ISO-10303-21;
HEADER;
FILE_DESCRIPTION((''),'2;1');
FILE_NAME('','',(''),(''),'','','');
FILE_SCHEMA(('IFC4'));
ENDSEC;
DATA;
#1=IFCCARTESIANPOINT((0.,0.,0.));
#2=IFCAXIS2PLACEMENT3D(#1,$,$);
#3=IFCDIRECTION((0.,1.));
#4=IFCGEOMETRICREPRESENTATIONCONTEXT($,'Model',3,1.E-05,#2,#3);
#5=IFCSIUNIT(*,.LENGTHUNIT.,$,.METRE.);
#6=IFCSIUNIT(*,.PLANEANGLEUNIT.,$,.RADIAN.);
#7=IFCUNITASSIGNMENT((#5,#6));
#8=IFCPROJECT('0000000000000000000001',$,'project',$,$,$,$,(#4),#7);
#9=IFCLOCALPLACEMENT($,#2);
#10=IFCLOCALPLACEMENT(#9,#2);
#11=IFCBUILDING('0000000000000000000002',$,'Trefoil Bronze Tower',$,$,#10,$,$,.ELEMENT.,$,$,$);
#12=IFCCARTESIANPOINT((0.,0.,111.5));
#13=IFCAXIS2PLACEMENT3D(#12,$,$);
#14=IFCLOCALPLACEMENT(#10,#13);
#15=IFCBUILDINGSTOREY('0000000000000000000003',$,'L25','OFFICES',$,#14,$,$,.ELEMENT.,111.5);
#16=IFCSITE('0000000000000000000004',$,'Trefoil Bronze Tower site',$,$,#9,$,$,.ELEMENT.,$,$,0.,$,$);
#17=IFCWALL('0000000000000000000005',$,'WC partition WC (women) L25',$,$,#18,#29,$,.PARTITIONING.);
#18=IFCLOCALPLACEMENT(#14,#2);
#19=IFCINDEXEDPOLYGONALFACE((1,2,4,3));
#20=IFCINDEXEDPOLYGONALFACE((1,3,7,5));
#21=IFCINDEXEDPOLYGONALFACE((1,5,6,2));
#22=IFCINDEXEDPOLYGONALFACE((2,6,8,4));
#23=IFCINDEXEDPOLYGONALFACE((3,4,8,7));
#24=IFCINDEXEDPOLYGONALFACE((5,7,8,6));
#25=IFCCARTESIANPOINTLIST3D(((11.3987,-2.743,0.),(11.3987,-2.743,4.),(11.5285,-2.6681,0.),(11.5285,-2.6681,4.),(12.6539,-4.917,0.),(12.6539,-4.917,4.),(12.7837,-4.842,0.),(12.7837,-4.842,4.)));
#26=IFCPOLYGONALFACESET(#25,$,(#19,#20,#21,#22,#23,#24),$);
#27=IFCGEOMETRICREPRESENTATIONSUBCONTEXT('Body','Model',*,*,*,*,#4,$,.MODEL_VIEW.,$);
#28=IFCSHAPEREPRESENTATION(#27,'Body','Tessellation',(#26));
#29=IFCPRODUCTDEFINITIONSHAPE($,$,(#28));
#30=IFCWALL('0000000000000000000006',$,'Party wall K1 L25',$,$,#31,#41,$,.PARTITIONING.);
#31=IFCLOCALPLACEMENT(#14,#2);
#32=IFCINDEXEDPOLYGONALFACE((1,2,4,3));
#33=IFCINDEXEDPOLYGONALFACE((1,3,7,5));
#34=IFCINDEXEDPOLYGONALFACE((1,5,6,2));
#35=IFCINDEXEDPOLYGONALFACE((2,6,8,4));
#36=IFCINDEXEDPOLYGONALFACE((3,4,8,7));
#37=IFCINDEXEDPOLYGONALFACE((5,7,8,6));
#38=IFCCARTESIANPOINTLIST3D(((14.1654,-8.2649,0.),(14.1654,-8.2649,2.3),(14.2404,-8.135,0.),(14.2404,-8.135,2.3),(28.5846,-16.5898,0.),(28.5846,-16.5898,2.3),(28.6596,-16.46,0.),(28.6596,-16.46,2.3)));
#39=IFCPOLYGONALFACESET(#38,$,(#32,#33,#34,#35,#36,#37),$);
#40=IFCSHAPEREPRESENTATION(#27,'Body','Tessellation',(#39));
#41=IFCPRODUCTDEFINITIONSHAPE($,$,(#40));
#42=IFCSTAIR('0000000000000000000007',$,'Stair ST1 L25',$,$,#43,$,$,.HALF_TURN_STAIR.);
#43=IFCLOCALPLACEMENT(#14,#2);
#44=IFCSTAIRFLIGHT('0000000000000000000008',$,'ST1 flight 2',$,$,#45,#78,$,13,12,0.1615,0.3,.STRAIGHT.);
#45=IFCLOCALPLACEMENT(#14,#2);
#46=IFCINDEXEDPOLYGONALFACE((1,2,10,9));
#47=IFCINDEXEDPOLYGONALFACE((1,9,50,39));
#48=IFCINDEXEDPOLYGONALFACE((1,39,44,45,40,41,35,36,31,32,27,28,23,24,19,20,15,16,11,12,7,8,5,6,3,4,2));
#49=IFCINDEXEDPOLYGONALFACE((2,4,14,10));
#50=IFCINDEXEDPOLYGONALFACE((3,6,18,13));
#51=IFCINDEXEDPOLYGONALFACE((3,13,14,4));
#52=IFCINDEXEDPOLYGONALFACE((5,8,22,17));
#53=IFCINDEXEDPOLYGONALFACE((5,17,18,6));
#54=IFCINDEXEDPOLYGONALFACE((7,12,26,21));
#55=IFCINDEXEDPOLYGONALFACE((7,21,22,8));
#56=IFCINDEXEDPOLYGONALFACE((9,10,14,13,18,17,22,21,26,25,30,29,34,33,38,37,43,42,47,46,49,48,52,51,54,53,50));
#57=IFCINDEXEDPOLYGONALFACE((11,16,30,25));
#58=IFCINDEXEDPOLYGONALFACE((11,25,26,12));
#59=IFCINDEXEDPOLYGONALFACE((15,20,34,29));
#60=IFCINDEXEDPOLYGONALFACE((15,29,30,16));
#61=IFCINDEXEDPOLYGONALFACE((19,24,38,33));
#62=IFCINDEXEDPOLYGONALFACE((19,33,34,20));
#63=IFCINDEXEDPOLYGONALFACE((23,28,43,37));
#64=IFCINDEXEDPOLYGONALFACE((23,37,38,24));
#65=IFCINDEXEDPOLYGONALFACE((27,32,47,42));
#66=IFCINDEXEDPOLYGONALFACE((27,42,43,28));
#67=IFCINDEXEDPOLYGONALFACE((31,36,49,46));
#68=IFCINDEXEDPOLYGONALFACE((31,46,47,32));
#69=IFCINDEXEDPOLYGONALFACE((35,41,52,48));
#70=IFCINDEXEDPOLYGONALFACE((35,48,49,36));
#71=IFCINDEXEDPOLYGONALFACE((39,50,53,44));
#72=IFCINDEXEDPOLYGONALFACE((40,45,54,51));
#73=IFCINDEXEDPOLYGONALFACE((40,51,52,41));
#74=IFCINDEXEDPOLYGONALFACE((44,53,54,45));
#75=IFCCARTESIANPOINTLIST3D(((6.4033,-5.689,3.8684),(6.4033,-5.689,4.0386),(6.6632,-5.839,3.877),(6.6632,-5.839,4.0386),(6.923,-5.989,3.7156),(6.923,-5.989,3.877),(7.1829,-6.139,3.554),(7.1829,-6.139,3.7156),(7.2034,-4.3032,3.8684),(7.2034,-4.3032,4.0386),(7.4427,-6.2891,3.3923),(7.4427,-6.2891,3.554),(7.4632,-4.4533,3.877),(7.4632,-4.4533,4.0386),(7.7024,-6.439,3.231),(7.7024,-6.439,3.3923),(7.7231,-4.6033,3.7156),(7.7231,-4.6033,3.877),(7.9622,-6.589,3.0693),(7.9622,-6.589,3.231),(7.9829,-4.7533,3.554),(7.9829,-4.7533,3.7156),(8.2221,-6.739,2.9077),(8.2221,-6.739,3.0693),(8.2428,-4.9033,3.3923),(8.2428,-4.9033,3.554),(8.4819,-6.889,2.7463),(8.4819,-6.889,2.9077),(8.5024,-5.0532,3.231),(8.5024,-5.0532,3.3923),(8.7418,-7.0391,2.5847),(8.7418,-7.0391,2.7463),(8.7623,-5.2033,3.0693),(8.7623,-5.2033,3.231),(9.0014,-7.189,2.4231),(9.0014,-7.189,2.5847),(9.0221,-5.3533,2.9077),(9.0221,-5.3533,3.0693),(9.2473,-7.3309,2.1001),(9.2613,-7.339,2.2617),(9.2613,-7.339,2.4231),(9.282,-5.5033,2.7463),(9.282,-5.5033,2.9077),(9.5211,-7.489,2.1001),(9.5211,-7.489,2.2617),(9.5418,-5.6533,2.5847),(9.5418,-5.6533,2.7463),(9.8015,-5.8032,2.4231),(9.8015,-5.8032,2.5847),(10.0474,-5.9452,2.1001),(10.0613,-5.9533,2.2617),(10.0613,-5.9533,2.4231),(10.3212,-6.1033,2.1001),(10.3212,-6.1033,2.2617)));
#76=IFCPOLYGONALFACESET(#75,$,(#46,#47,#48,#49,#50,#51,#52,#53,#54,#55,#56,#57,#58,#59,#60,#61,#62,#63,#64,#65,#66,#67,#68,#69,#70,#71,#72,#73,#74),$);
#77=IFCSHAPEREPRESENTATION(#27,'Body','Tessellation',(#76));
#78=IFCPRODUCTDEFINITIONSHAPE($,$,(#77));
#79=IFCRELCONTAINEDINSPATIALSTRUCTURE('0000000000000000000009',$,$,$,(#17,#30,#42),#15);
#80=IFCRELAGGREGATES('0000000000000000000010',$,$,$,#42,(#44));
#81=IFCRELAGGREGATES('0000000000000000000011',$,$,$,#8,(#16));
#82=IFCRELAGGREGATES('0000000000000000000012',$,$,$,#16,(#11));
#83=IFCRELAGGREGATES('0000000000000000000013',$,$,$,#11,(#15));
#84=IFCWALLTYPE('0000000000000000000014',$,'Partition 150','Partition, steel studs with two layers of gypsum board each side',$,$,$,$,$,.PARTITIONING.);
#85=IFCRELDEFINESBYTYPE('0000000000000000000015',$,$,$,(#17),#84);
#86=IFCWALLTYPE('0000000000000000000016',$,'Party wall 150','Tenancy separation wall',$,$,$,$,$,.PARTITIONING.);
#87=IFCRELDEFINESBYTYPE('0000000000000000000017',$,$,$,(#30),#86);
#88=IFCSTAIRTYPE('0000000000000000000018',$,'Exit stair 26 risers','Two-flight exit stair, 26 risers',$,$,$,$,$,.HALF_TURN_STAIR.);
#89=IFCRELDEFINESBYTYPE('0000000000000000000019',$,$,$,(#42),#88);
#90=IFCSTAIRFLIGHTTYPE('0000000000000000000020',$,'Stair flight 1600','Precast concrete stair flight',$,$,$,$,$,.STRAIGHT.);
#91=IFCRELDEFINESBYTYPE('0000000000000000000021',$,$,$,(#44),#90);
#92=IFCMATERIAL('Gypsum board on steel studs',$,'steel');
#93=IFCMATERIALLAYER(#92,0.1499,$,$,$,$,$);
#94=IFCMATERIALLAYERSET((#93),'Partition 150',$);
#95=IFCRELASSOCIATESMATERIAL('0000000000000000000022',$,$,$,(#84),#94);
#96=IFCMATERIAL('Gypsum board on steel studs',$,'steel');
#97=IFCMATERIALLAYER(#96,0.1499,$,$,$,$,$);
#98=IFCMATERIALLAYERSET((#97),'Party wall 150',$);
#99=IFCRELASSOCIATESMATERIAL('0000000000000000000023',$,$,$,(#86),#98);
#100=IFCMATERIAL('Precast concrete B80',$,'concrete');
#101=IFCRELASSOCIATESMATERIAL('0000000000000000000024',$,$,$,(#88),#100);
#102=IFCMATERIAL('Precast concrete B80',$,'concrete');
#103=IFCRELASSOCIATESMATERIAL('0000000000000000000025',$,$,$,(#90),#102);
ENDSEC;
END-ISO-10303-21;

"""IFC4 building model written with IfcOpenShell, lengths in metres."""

from ifc_helpers import new_model, si_unit, direction, frame, frame_2d, origin, place, context, subcontext, project, spatial, polyline, rectangle, outline, extrude, material, layer, layer_set, type_object, element, aggregate, save


model = new_model("IFC4")

# Units and contexts
model_context = context("Model", 3, precision=1e-05, world=origin(), true_north=direction((0.0, 1.0)))
body_context = subcontext(model_context, "Body", "Model", "MODEL_VIEW")
ifc_project = project(units=[si_unit("LENGTHUNIT", "METRE"), si_unit("PLANEANGLEUNIT", "RADIAN")], contexts=[model_context])

# Site, building, storey
site_placement = place(None, origin())
site = spatial("IfcSite", under=ifc_project, at=site_placement, Name="Trefoil Bronze Tower site", CompositionType="ELEMENT", RefElevation=0.0)
building_placement = place(site_placement, origin())
building = spatial("IfcBuilding", under=site, at=building_placement, Name="Trefoil Bronze Tower", CompositionType="ELEMENT")
storey_placement = place(building_placement, frame((0.0, 0.0, 111.5)))
storey = spatial("IfcBuildingStorey", under=building, at=storey_placement, Name="L25", Description="OFFICES", CompositionType="ELEMENT", Elevation=111.5)

# Shared definitions
ifc_material_1 = material(Name="Gypsum board on steel studs", Category="steel")
ifc_layer_1 = layer(ifc_material_1, 0.1499)
ifc_layer_set_1 = layer_set([ifc_layer_1], Name="Partition 150")
wall_type_1 = type_object("IfcWallType", Name="Partition 150", Description="Partition, steel studs with two layers of gypsum board each side", PredefinedType="PARTITIONING", material=ifc_layer_set_1)

# Walls
wall_1_placement = place(storey_placement, frame((11.4636, -2.7056, 0.0), z_axis=(0.0, 0.0, 1.0), x_axis=(0.50002, -0.866014, 0.0)))
element("IfcWall", 1, at=wall_1_placement, inside=storey, type_object=wall_type_1, Name="WC partition WC (women) L25", PredefinedType="PARTITIONING", context=body_context, shape_type="SweptSolid", body=[
    extrude(rectangle(XDim=2.5103, YDim=0.1499, at=frame_2d((1.2551, 0.0))), origin(), (0.0, 0.0, 1.0), 4.0),
])
ifc_material_2 = material(Name="Gypsum board on steel studs", Category="steel")
ifc_layer_2 = layer(ifc_material_2, 0.1499)
ifc_layer_set_2 = layer_set([ifc_layer_2], Name="Party wall 150")
wall_type_2 = type_object("IfcWallType", Name="Party wall 150", Description="Tenancy separation wall", PredefinedType="PARTITIONING", material=ifc_layer_set_2)
wall_2_placement = place(storey_placement, frame((14.2029, -8.2, 0.0), z_axis=(0.0, 0.0, 1.0), x_axis=(0.866025, -0.500001, 0.0)))
element("IfcWall", 2, at=wall_2_placement, inside=storey, type_object=wall_type_2, Name="Party wall K1 L25", PredefinedType="PARTITIONING", context=body_context, shape_type="SweptSolid", body=[
    extrude(rectangle(XDim=16.6499, YDim=0.1499, at=frame_2d((8.325, 0.0))), origin(), (0.0, 0.0, 1.0), 2.3),
])

# Stair, stair flight
ifc_material_3 = material(Name="Precast concrete B80", Category="concrete")
stair_type = type_object("IfcStairType", Name="Exit stair 26 risers", Description="Two-flight exit stair, 26 risers", PredefinedType="HALF_TURN_STAIR", material=ifc_material_3)
stair_placement = place(storey_placement, origin())
stair = element("IfcStair", 3, at=stair_placement, inside=storey, type_object=stair_type, Name="Stair ST1 L25", PredefinedType="HALF_TURN_STAIR")
ifc_material_4 = material(Name="Precast concrete B80", Category="concrete")
stair_flight_type = type_object("IfcStairFlightType", Name="Stair flight 1600", Description="Precast concrete stair flight", PredefinedType="STRAIGHT", material=ifc_material_4)
stair_flight_placement = place(storey_placement, frame((9.9211, -6.7961, 2.1001), z_axis=(0.0, 0.0, 1.0), x_axis=(-0.866025, 0.5, 0.0)))
stair_flight = element("IfcStairFlight", 4, at=stair_flight_placement, type_object=stair_flight_type, Name="ST1 flight 2", NumberOfRisers=13, NumberOfTreads=12, PredefinedType="STRAIGHT", RiserHeight=0.1615, TreadLength=0.3, context=body_context, shape_type="SweptSolid", body=[
    extrude(outline(polyline([(0.0, 0.0), (0.0, 0.1616), (0.3, 0.1616), (0.3, 0.323), (0.6001, 0.323), (0.6001, 0.4846), (0.8999, 0.4846), (0.8999, 0.6462), (1.2, 0.6462), (1.2, 0.8076), (1.5, 0.8076), (1.5, 0.9692), (1.8, 0.9692), (1.8, 1.1309), (2.1001, 1.1309), (2.1001, 1.2922), (2.3999, 1.2922), (2.3999, 1.4539), (2.7, 1.4539), (2.7, 1.6155), (3.0, 1.6155), (3.0, 1.7769), (3.3, 1.7769), (3.3, 1.9385), (3.6001, 1.9385), (3.6001, 2.1001), (3.6001, 1.7683), (0.3162, 0.0), (0.0, 0.0)])), frame((0.0, 0.8, 0.0), z_axis=(0.0, -1.0, 0.0), x_axis=(1.0, 0.0, 0.0)), (0.0, 0.0, 1.0), 1.6001),
])
aggregate(stair, [stair_flight])

save(model, "model.ifc")
